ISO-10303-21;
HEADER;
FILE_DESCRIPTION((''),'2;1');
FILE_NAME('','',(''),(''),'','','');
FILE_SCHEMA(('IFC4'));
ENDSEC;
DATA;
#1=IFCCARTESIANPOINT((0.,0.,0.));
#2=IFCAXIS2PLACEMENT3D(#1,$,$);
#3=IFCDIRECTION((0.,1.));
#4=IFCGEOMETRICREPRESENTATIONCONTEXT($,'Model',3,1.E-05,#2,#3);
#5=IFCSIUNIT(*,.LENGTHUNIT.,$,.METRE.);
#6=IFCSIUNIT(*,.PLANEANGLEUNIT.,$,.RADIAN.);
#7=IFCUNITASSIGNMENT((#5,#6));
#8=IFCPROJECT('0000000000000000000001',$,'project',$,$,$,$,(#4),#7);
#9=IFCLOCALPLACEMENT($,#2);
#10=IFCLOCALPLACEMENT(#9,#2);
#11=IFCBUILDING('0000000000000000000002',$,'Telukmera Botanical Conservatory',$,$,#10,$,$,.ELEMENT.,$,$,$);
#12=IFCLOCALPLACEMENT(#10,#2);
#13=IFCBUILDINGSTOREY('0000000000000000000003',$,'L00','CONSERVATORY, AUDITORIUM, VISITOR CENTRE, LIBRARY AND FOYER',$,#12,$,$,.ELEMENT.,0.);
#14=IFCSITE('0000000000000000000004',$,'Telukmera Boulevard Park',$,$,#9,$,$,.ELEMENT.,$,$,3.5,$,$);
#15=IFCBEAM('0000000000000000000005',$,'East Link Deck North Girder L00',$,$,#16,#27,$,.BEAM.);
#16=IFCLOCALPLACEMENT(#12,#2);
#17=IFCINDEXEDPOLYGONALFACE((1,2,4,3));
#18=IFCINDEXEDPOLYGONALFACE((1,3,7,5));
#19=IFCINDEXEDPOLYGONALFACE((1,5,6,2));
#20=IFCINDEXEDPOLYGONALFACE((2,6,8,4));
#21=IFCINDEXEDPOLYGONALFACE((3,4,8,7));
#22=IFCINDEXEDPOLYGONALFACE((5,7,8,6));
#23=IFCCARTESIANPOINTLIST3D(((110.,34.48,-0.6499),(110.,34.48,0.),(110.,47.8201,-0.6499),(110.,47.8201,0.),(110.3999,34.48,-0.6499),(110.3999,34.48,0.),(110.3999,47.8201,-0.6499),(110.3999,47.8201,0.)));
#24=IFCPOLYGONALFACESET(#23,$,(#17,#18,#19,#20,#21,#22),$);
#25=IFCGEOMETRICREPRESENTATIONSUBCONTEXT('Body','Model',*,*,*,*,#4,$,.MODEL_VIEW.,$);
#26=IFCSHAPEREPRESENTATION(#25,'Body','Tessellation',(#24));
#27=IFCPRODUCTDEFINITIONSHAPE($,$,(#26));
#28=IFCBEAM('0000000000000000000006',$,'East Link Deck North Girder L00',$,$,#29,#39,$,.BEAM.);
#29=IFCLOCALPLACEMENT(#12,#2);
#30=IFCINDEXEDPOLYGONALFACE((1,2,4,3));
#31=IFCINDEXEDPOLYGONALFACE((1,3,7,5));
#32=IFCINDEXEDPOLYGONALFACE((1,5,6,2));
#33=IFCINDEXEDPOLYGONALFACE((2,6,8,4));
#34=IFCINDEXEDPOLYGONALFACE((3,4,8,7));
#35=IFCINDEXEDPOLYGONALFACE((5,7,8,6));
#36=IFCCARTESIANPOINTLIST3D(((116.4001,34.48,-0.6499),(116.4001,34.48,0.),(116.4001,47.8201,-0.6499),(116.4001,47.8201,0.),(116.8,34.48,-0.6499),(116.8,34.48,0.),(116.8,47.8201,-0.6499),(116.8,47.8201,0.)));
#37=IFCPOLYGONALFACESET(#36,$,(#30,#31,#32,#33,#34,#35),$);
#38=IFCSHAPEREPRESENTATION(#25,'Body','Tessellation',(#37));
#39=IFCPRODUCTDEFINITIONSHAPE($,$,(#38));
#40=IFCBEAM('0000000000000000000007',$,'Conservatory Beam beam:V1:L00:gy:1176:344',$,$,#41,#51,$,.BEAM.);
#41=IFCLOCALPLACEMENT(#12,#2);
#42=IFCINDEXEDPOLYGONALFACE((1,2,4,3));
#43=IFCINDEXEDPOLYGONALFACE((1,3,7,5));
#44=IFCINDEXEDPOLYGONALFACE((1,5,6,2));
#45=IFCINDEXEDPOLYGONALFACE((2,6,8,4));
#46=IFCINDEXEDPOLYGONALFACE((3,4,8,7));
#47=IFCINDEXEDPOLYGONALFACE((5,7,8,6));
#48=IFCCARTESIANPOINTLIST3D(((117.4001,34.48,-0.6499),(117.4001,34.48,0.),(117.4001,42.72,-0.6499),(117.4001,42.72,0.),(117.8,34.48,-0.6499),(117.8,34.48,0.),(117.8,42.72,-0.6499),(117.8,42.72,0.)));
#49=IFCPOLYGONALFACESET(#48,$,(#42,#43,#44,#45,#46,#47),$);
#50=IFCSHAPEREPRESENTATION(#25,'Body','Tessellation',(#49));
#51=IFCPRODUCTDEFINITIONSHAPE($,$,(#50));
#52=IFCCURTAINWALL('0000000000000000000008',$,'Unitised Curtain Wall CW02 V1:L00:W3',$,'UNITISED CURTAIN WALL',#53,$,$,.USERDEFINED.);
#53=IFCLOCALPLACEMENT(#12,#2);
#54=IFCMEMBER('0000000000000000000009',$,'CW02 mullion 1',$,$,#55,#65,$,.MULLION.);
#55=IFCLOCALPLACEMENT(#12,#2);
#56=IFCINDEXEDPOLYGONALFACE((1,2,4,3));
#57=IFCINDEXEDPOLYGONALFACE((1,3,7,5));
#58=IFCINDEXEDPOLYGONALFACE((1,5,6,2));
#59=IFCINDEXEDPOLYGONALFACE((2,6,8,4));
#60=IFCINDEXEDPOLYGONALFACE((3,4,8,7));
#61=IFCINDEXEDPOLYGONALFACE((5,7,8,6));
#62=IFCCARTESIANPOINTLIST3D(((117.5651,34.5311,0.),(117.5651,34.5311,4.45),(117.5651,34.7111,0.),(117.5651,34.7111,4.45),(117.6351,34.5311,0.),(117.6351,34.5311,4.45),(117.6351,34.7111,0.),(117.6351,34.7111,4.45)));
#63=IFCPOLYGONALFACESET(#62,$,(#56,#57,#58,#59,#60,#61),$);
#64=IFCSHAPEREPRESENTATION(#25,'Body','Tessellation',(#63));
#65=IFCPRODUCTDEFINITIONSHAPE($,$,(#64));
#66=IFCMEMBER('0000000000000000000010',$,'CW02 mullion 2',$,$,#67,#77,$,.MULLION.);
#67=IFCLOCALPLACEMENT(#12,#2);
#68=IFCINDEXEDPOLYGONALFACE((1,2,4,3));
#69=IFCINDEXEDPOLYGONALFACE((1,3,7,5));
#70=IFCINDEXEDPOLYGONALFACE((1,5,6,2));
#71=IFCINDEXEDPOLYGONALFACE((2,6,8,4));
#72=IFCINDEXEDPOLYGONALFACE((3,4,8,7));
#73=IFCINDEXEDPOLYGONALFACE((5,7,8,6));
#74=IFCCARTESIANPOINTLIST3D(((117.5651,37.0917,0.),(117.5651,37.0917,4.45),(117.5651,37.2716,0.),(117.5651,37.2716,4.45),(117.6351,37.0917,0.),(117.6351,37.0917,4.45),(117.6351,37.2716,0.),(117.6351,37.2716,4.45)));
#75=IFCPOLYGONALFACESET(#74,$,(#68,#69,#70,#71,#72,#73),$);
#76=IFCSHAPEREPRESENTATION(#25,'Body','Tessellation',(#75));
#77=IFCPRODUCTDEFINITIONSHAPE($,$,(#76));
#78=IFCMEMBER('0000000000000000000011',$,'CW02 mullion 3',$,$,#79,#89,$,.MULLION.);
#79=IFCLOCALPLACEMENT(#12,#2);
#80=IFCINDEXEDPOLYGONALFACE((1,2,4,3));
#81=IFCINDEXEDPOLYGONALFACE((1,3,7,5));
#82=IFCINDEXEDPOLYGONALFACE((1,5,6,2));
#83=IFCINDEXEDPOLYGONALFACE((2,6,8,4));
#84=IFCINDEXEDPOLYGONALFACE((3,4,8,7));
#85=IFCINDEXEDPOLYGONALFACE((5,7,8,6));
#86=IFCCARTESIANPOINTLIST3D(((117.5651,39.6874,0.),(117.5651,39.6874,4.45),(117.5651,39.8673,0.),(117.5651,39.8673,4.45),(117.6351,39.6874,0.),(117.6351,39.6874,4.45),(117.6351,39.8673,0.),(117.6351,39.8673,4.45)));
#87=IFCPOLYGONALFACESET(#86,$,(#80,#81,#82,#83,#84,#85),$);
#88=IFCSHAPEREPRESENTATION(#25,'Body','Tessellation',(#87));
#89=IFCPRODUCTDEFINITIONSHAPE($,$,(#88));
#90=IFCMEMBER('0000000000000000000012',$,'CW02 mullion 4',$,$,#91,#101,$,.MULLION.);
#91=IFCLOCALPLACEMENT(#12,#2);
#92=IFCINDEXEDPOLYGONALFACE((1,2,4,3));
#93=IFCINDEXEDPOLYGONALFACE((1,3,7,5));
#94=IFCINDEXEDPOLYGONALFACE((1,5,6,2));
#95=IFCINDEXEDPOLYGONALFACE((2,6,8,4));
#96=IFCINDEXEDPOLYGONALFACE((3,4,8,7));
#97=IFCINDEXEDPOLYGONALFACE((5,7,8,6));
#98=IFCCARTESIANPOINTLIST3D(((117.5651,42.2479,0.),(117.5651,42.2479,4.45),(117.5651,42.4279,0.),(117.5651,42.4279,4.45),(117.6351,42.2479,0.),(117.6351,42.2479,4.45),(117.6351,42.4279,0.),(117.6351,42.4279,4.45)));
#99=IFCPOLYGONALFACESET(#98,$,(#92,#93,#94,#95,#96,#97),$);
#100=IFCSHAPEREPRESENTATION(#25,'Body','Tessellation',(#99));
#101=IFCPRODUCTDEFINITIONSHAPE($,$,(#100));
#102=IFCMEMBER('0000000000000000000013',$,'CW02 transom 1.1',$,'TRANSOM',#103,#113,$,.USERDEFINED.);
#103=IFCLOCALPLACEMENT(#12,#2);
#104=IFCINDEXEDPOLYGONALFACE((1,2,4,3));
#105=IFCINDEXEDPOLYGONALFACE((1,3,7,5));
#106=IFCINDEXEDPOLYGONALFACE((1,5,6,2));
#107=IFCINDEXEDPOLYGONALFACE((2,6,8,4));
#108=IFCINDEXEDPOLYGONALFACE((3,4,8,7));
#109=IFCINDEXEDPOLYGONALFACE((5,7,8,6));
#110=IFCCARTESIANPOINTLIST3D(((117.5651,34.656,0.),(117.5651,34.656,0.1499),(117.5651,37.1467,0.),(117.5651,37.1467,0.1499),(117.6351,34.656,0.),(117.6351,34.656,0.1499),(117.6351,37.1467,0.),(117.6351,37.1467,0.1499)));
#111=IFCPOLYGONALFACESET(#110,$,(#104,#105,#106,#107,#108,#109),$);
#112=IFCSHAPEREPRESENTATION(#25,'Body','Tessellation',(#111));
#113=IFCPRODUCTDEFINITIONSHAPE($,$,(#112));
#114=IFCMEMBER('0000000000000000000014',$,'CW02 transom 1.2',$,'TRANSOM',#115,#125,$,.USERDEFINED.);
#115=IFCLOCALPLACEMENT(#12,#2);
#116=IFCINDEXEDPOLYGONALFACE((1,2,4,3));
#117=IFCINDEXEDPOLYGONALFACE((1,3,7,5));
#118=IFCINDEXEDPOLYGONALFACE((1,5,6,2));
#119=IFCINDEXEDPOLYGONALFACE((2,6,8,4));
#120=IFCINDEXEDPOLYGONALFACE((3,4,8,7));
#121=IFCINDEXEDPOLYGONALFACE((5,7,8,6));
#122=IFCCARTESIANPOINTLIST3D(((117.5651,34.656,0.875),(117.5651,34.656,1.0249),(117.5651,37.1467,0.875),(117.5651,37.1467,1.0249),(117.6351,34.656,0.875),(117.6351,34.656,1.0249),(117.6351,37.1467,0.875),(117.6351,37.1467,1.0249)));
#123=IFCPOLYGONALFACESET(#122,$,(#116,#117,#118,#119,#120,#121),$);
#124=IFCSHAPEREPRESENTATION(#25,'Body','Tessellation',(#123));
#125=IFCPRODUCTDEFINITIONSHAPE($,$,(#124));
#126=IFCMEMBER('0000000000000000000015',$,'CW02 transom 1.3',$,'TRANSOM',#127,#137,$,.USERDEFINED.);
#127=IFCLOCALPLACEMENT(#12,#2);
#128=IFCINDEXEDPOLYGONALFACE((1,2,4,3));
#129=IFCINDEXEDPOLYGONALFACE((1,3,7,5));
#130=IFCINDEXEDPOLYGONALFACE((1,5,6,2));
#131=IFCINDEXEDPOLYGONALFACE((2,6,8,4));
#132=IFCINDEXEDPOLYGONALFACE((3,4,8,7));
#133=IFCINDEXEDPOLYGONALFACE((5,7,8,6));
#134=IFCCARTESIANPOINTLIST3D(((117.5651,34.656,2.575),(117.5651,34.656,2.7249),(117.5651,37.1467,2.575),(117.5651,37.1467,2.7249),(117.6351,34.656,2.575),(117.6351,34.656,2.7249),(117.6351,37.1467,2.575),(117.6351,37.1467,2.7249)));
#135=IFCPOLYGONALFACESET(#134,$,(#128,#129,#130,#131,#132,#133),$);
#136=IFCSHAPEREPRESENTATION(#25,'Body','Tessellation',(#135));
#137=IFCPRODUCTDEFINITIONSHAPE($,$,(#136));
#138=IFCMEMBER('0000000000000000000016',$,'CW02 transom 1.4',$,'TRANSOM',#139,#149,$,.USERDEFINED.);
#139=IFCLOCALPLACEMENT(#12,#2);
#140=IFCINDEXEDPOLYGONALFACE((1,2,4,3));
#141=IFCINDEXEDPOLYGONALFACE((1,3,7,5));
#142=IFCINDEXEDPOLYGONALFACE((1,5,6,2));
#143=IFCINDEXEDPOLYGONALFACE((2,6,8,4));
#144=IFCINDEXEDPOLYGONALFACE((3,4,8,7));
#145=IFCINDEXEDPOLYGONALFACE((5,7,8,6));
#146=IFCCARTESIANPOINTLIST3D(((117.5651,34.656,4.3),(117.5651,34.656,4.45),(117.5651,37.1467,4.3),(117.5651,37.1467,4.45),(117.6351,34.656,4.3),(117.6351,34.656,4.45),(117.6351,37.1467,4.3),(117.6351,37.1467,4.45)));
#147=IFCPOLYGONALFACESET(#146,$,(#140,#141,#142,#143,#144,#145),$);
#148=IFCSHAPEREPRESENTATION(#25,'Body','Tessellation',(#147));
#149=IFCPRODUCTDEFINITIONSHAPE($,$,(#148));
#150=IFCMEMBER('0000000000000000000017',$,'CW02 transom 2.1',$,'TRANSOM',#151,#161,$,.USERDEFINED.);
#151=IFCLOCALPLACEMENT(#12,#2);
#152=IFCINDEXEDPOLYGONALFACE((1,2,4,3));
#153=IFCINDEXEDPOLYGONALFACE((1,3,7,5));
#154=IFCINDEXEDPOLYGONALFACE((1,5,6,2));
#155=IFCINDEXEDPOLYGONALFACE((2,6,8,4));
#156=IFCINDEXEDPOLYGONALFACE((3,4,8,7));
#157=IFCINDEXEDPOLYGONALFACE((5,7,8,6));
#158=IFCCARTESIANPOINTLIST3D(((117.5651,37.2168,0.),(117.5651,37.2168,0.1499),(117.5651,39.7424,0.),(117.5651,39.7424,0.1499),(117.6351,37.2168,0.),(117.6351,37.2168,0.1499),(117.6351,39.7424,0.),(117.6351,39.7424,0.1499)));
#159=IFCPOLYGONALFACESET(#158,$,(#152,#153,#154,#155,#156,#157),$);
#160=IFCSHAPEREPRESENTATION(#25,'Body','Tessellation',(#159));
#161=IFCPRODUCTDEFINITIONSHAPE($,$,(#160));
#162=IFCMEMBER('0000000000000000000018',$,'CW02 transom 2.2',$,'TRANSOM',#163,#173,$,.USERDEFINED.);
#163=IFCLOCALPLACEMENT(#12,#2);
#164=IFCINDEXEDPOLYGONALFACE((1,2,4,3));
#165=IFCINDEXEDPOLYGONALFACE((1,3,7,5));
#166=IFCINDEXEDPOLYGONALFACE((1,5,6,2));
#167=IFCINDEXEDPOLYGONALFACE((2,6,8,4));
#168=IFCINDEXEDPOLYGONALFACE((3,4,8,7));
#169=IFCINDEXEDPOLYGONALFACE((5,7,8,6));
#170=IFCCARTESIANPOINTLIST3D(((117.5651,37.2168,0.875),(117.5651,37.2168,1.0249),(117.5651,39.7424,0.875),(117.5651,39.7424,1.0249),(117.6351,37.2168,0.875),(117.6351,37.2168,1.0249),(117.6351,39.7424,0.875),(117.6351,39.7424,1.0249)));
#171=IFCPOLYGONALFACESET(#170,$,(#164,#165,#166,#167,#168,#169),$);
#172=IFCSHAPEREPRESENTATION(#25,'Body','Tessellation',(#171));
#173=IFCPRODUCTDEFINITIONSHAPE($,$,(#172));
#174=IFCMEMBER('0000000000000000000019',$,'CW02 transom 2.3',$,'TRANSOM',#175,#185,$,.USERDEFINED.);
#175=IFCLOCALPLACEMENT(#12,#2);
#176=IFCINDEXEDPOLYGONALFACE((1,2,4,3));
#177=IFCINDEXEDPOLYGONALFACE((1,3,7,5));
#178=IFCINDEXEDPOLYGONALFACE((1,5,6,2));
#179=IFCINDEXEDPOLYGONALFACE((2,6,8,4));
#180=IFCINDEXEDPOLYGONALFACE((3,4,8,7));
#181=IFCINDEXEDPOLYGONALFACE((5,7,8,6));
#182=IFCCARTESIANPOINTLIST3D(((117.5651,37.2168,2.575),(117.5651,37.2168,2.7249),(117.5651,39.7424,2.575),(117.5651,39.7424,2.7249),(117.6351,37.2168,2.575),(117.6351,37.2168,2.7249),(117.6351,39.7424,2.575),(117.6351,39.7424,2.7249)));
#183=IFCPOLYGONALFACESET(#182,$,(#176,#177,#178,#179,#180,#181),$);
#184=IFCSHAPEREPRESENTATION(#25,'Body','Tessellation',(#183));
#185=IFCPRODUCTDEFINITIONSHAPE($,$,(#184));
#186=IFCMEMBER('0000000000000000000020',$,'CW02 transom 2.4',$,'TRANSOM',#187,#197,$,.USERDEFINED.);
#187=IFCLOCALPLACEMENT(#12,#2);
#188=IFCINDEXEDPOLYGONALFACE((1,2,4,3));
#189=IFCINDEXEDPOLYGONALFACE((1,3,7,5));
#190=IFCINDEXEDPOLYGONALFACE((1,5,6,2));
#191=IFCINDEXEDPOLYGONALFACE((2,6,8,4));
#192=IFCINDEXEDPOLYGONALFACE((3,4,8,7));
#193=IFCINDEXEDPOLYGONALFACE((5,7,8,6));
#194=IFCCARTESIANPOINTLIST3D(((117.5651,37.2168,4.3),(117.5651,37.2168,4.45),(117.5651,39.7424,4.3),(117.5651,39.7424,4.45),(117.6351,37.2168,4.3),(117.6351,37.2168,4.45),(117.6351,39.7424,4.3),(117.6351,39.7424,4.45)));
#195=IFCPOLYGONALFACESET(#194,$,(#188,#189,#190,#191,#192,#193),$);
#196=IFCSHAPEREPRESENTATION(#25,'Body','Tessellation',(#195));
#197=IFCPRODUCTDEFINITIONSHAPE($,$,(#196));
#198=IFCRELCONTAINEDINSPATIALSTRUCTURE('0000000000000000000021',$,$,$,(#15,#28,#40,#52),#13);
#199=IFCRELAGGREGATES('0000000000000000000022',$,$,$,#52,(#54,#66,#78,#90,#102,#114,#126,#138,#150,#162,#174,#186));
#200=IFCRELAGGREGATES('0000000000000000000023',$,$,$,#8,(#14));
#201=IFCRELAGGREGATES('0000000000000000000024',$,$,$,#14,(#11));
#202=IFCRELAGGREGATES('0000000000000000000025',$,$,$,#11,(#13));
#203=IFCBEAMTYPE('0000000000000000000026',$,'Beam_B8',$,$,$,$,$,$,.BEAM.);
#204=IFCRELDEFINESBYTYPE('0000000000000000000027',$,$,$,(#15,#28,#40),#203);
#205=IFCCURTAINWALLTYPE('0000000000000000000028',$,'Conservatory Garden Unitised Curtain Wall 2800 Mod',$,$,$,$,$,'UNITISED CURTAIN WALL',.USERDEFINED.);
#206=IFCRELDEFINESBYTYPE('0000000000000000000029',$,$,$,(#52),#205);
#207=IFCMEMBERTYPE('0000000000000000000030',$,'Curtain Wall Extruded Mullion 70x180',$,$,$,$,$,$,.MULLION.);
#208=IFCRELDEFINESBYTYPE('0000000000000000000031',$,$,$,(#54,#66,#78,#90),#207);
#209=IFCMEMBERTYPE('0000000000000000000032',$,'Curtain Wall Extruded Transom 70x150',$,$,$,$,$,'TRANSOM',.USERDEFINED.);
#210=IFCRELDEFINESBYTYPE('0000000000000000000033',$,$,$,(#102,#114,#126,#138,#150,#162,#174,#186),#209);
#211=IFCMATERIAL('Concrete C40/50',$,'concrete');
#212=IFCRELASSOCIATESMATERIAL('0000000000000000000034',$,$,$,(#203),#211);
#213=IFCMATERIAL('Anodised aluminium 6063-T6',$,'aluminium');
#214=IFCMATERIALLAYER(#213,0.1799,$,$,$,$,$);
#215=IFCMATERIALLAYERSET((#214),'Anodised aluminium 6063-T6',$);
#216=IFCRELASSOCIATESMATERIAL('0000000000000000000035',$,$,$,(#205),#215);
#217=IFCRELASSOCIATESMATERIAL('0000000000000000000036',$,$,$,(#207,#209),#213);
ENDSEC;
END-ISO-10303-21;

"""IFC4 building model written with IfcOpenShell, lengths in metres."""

from ifc_helpers import new_model, si_unit, direction, frame, origin, origin_2d, place, context, subcontext, project, spatial, rectangle, extrude, material, layer, layer_set, material_profile, profile_set, type_object, element, aggregate, save


model = new_model("IFC4")

# Units and contexts
model_context = context("Model", 3, precision=1e-05, world=origin(), true_north=direction((0.0, 1.0)))
body_context = subcontext(model_context, "Body", "Model", "MODEL_VIEW")
ifc_project = project(units=[si_unit("LENGTHUNIT", "METRE"), si_unit("PLANEANGLEUNIT", "RADIAN")], contexts=[model_context])

# Site, building, storey
site_placement = place(None, origin())
site = spatial("IfcSite", under=ifc_project, at=site_placement, Name="Telukmera Boulevard Park", CompositionType="ELEMENT", RefElevation=3.5)
building_placement = place(site_placement, origin())
building = spatial("IfcBuilding", under=site, at=building_placement, Name="Telukmera Botanical Conservatory", CompositionType="ELEMENT")
storey_placement = place(building_placement, origin())
storey = spatial("IfcBuildingStorey", under=building, at=storey_placement, Name="L00", Description="CONSERVATORY, AUDITORIUM, VISITOR CENTRE, LIBRARY AND FOYER", CompositionType="ELEMENT", Elevation=0.0)

# Beams
ifc_material_1 = material(Name="Concrete C40/50", Category="concrete")
ifc_material_profile_1 = material_profile(ifc_material_1, rectangle(XDim=0.3999, YDim=0.6499, at=origin_2d()), Name="RC 400x650")
ifc_profile_set_1 = profile_set([ifc_material_profile_1], Name="Concrete C40/50")
beam_type = type_object("IfcBeamType", Name="Beam_B8", PredefinedType="BEAM", material=ifc_profile_set_1)
for number, where, z_axis, x_axis, name in (
    (1, (110.2, 34.48, -0.325), (0.0, 1.0, 0.0), (-1.0, 0.0, 0.0), "East Link Deck North Girder L00"),
    (2, (116.6001, 34.48, -0.325), (0.0, 1.0, 0.0), (-1.0, 0.0, 0.0), "East Link Deck North Girder L00"),
):
    element("IfcBeam", number, at=place(storey_placement, frame(where, z_axis=z_axis, x_axis=x_axis)), inside=storey, type_object=beam_type, Name=name, PredefinedType="BEAM", context=body_context, shape_type="SweptSolid", body=[
        extrude(rectangle(XDim=0.3999, YDim=0.6499, at=origin_2d()), origin(), (0.0, 0.0, 1.0), 13.3401),
    ])
beam_placement = place(storey_placement, frame((117.6001, 34.48, -0.325), z_axis=(0.0, 1.0, 0.0), x_axis=(-1.0, 0.0, 0.0)))
element("IfcBeam", 3, at=beam_placement, inside=storey, type_object=beam_type, Name="Conservatory Beam beam:V1:L00:gy:1176:344", PredefinedType="BEAM", context=body_context, shape_type="SweptSolid", body=[
    extrude(rectangle(XDim=0.3999, YDim=0.6499, at=origin_2d()), origin(), (0.0, 0.0, 1.0), 8.24),
])

# Curtain wall, members
ifc_material_2 = material(Name="Anodised aluminium 6063-T6", Category="aluminium")
ifc_layer_1 = layer(ifc_material_2, 0.1799)
ifc_layer_set_1 = layer_set([ifc_layer_1], Name="Anodised aluminium 6063-T6")
curtain_wall_type_1 = type_object("IfcCurtainWallType", Name="Conservatory Garden Unitised Curtain Wall 2800 Mod", ElementType="UNITISED CURTAIN WALL", PredefinedType="USERDEFINED", material=ifc_layer_set_1)
curtain_wall_1_placement = place(storey_placement, origin())
curtain_wall_1 = element("IfcCurtainWall", 4, at=curtain_wall_1_placement, inside=storey, type_object=curtain_wall_type_1, Name="Unitised Curtain Wall CW02 V1:L00:W3", ObjectType="UNITISED CURTAIN WALL", PredefinedType="USERDEFINED")
ifc_material_profile_2 = material_profile(ifc_material_2, rectangle(XDim=0.0701, YDim=0.1799, at=origin_2d()), Name="ALU MULL 70x180")
ifc_profile_set_2 = profile_set([ifc_material_profile_2], Name="Anodised aluminium 6063-T6")
member_type_1 = type_object("IfcMemberType", Name="Curtain Wall Extruded Mullion 70x180", PredefinedType="MULLION", material=ifc_profile_set_2)
member_1_placement = place(storey_placement, frame((117.6001, 34.6211, 0.0), z_axis=(0.0, 0.0, 1.0), x_axis=(-1.0, 0.0, 0.0)))
member_1 = element("IfcMember", 5, at=member_1_placement, type_object=member_type_1, Name="CW02 mullion 1", PredefinedType="MULLION", context=body_context, shape_type="SweptSolid", body=[
    extrude(rectangle(XDim=0.0701, YDim=0.1799, at=origin_2d()), origin(), (0.0, 0.0, 1.0), 4.45),
])
member_2_placement = place(storey_placement, frame((117.6001, 37.1816, 0.0), z_axis=(0.0, 0.0, 1.0), x_axis=(-1.0, 0.0, 0.0)))
member_2 = element("IfcMember", 6, at=member_2_placement, type_object=member_type_1, Name="CW02 mullion 2", PredefinedType="MULLION", context=body_context, shape_type="SweptSolid", body=[
    extrude(rectangle(XDim=0.0701, YDim=0.1799, at=origin_2d()), origin(), (0.0, 0.0, 1.0), 4.45),
])
member_3_placement = place(storey_placement, frame((117.6001, 39.7773, 0.0), z_axis=(0.0, 0.0, 1.0), x_axis=(-1.0, 0.0, 0.0)))
member_3 = element("IfcMember", 7, at=member_3_placement, type_object=member_type_1, Name="CW02 mullion 3", PredefinedType="MULLION", context=body_context, shape_type="SweptSolid", body=[
    extrude(rectangle(XDim=0.0701, YDim=0.1799, at=origin_2d()), origin(), (0.0, 0.0, 1.0), 4.45),
])
member_4_placement = place(storey_placement, frame((117.6001, 42.3379, 0.0), z_axis=(0.0, 0.0, 1.0), x_axis=(-1.0, 0.0, 0.0)))
member_4 = element("IfcMember", 8, at=member_4_placement, type_object=member_type_1, Name="CW02 mullion 4", PredefinedType="MULLION", context=body_context, shape_type="SweptSolid", body=[
    extrude(rectangle(XDim=0.0701, YDim=0.1799, at=origin_2d()), origin(), (0.0, 0.0, 1.0), 4.45),
])
ifc_material_profile_3 = material_profile(ifc_material_2, rectangle(XDim=0.0701, YDim=0.1499, at=origin_2d()), Name="ALU TRAN 70x150")
ifc_profile_set_3 = profile_set([ifc_material_profile_3], Name="Anodised aluminium 6063-T6")
member_type_2 = type_object("IfcMemberType", Name="Curtain Wall Extruded Transom 70x150", ElementType="TRANSOM", PredefinedType="USERDEFINED", material=ifc_profile_set_3)
member_5_placement = place(storey_placement, frame((117.6001, 34.656, 0.075), z_axis=(0.0, 1.0, 0.0), x_axis=(-1.0, 0.0, 0.0)))
member_5 = element("IfcMember", 9, at=member_5_placement, type_object=member_type_2, Name="CW02 transom 1.1", ObjectType="TRANSOM", PredefinedType="USERDEFINED", context=body_context, shape_type="SweptSolid", body=[
    extrude(rectangle(XDim=0.0701, YDim=0.1499, at=origin_2d()), origin(), (0.0, 0.0, 1.0), 2.4907),
])
member_6_placement = place(storey_placement, frame((117.6001, 34.656, 0.95), z_axis=(0.0, 1.0, 0.0), x_axis=(-1.0, 0.0, 0.0)))
member_6 = element("IfcMember", 10, at=member_6_placement, type_object=member_type_2, Name="CW02 transom 1.2", ObjectType="TRANSOM", PredefinedType="USERDEFINED", context=body_context, shape_type="SweptSolid", body=[
    extrude(rectangle(XDim=0.0701, YDim=0.1499, at=origin_2d()), origin(), (0.0, 0.0, 1.0), 2.4907),
])
member_7_placement = place(storey_placement, frame((117.6001, 34.656, 2.6499), z_axis=(0.0, 1.0, 0.0), x_axis=(-1.0, 0.0, 0.0)))
member_7 = element("IfcMember", 11, at=member_7_placement, type_object=member_type_2, Name="CW02 transom 1.3", ObjectType="TRANSOM", PredefinedType="USERDEFINED", context=body_context, shape_type="SweptSolid", body=[
    extrude(rectangle(XDim=0.0701, YDim=0.1499, at=origin_2d()), origin(), (0.0, 0.0, 1.0), 2.4907),
])
member_8_placement = place(storey_placement, frame((117.6001, 34.656, 4.375), z_axis=(0.0, 1.0, 0.0), x_axis=(-1.0, 0.0, 0.0)))
member_8 = element("IfcMember", 12, at=member_8_placement, type_object=member_type_2, Name="CW02 transom 1.4", ObjectType="TRANSOM", PredefinedType="USERDEFINED", context=body_context, shape_type="SweptSolid", body=[
    extrude(rectangle(XDim=0.0701, YDim=0.1499, at=origin_2d()), origin(), (0.0, 0.0, 1.0), 2.4907),
])
member_9_placement = place(storey_placement, frame((117.6001, 37.2168, 0.075), z_axis=(0.0, 1.0, 0.0), x_axis=(-1.0, 0.0, 0.0)))
member_9 = element("IfcMember", 13, at=member_9_placement, type_object=member_type_2, Name="CW02 transom 2.1", ObjectType="TRANSOM", PredefinedType="USERDEFINED", context=body_context, shape_type="SweptSolid", body=[
    extrude(rectangle(XDim=0.0701, YDim=0.1499, at=origin_2d()), origin(), (0.0, 0.0, 1.0), 2.5256),
])
member_10_placement = place(storey_placement, frame((117.6001, 37.2168, 0.95), z_axis=(0.0, 1.0, 0.0), x_axis=(-1.0, 0.0, 0.0)))
member_10 = element("IfcMember", 14, at=member_10_placement, type_object=member_type_2, Name="CW02 transom 2.2", ObjectType="TRANSOM", PredefinedType="USERDEFINED", context=body_context, shape_type="SweptSolid", body=[
    extrude(rectangle(XDim=0.0701, YDim=0.1499, at=origin_2d()), origin(), (0.0, 0.0, 1.0), 2.5256),
])
member_11_placement = place(storey_placement, frame((117.6001, 37.2168, 2.6499), z_axis=(0.0, 1.0, 0.0), x_axis=(-1.0, 0.0, 0.0)))
member_11 = element("IfcMember", 15, at=member_11_placement, type_object=member_type_2, Name="CW02 transom 2.3", ObjectType="TRANSOM", PredefinedType="USERDEFINED", context=body_context, shape_type="SweptSolid", body=[
    extrude(rectangle(XDim=0.0701, YDim=0.1499, at=origin_2d()), origin(), (0.0, 0.0, 1.0), 2.5256),
])
member_12_placement = place(storey_placement, frame((117.6001, 37.2168, 4.375), z_axis=(0.0, 1.0, 0.0), x_axis=(-1.0, 0.0, 0.0)))
member_12 = element("IfcMember", 16, at=member_12_placement, type_object=member_type_2, Name="CW02 transom 2.4", ObjectType="TRANSOM", PredefinedType="USERDEFINED", context=body_context, shape_type="SweptSolid", body=[
    extrude(rectangle(XDim=0.0701, YDim=0.1499, at=origin_2d()), origin(), (0.0, 0.0, 1.0), 2.5256),
])

aggregate(curtain_wall_1, [member_1, member_2, member_3, member_4, member_5, member_6, member_7, member_8, member_9, member_10, member_11, member_12])

save(model, "model.ifc")
